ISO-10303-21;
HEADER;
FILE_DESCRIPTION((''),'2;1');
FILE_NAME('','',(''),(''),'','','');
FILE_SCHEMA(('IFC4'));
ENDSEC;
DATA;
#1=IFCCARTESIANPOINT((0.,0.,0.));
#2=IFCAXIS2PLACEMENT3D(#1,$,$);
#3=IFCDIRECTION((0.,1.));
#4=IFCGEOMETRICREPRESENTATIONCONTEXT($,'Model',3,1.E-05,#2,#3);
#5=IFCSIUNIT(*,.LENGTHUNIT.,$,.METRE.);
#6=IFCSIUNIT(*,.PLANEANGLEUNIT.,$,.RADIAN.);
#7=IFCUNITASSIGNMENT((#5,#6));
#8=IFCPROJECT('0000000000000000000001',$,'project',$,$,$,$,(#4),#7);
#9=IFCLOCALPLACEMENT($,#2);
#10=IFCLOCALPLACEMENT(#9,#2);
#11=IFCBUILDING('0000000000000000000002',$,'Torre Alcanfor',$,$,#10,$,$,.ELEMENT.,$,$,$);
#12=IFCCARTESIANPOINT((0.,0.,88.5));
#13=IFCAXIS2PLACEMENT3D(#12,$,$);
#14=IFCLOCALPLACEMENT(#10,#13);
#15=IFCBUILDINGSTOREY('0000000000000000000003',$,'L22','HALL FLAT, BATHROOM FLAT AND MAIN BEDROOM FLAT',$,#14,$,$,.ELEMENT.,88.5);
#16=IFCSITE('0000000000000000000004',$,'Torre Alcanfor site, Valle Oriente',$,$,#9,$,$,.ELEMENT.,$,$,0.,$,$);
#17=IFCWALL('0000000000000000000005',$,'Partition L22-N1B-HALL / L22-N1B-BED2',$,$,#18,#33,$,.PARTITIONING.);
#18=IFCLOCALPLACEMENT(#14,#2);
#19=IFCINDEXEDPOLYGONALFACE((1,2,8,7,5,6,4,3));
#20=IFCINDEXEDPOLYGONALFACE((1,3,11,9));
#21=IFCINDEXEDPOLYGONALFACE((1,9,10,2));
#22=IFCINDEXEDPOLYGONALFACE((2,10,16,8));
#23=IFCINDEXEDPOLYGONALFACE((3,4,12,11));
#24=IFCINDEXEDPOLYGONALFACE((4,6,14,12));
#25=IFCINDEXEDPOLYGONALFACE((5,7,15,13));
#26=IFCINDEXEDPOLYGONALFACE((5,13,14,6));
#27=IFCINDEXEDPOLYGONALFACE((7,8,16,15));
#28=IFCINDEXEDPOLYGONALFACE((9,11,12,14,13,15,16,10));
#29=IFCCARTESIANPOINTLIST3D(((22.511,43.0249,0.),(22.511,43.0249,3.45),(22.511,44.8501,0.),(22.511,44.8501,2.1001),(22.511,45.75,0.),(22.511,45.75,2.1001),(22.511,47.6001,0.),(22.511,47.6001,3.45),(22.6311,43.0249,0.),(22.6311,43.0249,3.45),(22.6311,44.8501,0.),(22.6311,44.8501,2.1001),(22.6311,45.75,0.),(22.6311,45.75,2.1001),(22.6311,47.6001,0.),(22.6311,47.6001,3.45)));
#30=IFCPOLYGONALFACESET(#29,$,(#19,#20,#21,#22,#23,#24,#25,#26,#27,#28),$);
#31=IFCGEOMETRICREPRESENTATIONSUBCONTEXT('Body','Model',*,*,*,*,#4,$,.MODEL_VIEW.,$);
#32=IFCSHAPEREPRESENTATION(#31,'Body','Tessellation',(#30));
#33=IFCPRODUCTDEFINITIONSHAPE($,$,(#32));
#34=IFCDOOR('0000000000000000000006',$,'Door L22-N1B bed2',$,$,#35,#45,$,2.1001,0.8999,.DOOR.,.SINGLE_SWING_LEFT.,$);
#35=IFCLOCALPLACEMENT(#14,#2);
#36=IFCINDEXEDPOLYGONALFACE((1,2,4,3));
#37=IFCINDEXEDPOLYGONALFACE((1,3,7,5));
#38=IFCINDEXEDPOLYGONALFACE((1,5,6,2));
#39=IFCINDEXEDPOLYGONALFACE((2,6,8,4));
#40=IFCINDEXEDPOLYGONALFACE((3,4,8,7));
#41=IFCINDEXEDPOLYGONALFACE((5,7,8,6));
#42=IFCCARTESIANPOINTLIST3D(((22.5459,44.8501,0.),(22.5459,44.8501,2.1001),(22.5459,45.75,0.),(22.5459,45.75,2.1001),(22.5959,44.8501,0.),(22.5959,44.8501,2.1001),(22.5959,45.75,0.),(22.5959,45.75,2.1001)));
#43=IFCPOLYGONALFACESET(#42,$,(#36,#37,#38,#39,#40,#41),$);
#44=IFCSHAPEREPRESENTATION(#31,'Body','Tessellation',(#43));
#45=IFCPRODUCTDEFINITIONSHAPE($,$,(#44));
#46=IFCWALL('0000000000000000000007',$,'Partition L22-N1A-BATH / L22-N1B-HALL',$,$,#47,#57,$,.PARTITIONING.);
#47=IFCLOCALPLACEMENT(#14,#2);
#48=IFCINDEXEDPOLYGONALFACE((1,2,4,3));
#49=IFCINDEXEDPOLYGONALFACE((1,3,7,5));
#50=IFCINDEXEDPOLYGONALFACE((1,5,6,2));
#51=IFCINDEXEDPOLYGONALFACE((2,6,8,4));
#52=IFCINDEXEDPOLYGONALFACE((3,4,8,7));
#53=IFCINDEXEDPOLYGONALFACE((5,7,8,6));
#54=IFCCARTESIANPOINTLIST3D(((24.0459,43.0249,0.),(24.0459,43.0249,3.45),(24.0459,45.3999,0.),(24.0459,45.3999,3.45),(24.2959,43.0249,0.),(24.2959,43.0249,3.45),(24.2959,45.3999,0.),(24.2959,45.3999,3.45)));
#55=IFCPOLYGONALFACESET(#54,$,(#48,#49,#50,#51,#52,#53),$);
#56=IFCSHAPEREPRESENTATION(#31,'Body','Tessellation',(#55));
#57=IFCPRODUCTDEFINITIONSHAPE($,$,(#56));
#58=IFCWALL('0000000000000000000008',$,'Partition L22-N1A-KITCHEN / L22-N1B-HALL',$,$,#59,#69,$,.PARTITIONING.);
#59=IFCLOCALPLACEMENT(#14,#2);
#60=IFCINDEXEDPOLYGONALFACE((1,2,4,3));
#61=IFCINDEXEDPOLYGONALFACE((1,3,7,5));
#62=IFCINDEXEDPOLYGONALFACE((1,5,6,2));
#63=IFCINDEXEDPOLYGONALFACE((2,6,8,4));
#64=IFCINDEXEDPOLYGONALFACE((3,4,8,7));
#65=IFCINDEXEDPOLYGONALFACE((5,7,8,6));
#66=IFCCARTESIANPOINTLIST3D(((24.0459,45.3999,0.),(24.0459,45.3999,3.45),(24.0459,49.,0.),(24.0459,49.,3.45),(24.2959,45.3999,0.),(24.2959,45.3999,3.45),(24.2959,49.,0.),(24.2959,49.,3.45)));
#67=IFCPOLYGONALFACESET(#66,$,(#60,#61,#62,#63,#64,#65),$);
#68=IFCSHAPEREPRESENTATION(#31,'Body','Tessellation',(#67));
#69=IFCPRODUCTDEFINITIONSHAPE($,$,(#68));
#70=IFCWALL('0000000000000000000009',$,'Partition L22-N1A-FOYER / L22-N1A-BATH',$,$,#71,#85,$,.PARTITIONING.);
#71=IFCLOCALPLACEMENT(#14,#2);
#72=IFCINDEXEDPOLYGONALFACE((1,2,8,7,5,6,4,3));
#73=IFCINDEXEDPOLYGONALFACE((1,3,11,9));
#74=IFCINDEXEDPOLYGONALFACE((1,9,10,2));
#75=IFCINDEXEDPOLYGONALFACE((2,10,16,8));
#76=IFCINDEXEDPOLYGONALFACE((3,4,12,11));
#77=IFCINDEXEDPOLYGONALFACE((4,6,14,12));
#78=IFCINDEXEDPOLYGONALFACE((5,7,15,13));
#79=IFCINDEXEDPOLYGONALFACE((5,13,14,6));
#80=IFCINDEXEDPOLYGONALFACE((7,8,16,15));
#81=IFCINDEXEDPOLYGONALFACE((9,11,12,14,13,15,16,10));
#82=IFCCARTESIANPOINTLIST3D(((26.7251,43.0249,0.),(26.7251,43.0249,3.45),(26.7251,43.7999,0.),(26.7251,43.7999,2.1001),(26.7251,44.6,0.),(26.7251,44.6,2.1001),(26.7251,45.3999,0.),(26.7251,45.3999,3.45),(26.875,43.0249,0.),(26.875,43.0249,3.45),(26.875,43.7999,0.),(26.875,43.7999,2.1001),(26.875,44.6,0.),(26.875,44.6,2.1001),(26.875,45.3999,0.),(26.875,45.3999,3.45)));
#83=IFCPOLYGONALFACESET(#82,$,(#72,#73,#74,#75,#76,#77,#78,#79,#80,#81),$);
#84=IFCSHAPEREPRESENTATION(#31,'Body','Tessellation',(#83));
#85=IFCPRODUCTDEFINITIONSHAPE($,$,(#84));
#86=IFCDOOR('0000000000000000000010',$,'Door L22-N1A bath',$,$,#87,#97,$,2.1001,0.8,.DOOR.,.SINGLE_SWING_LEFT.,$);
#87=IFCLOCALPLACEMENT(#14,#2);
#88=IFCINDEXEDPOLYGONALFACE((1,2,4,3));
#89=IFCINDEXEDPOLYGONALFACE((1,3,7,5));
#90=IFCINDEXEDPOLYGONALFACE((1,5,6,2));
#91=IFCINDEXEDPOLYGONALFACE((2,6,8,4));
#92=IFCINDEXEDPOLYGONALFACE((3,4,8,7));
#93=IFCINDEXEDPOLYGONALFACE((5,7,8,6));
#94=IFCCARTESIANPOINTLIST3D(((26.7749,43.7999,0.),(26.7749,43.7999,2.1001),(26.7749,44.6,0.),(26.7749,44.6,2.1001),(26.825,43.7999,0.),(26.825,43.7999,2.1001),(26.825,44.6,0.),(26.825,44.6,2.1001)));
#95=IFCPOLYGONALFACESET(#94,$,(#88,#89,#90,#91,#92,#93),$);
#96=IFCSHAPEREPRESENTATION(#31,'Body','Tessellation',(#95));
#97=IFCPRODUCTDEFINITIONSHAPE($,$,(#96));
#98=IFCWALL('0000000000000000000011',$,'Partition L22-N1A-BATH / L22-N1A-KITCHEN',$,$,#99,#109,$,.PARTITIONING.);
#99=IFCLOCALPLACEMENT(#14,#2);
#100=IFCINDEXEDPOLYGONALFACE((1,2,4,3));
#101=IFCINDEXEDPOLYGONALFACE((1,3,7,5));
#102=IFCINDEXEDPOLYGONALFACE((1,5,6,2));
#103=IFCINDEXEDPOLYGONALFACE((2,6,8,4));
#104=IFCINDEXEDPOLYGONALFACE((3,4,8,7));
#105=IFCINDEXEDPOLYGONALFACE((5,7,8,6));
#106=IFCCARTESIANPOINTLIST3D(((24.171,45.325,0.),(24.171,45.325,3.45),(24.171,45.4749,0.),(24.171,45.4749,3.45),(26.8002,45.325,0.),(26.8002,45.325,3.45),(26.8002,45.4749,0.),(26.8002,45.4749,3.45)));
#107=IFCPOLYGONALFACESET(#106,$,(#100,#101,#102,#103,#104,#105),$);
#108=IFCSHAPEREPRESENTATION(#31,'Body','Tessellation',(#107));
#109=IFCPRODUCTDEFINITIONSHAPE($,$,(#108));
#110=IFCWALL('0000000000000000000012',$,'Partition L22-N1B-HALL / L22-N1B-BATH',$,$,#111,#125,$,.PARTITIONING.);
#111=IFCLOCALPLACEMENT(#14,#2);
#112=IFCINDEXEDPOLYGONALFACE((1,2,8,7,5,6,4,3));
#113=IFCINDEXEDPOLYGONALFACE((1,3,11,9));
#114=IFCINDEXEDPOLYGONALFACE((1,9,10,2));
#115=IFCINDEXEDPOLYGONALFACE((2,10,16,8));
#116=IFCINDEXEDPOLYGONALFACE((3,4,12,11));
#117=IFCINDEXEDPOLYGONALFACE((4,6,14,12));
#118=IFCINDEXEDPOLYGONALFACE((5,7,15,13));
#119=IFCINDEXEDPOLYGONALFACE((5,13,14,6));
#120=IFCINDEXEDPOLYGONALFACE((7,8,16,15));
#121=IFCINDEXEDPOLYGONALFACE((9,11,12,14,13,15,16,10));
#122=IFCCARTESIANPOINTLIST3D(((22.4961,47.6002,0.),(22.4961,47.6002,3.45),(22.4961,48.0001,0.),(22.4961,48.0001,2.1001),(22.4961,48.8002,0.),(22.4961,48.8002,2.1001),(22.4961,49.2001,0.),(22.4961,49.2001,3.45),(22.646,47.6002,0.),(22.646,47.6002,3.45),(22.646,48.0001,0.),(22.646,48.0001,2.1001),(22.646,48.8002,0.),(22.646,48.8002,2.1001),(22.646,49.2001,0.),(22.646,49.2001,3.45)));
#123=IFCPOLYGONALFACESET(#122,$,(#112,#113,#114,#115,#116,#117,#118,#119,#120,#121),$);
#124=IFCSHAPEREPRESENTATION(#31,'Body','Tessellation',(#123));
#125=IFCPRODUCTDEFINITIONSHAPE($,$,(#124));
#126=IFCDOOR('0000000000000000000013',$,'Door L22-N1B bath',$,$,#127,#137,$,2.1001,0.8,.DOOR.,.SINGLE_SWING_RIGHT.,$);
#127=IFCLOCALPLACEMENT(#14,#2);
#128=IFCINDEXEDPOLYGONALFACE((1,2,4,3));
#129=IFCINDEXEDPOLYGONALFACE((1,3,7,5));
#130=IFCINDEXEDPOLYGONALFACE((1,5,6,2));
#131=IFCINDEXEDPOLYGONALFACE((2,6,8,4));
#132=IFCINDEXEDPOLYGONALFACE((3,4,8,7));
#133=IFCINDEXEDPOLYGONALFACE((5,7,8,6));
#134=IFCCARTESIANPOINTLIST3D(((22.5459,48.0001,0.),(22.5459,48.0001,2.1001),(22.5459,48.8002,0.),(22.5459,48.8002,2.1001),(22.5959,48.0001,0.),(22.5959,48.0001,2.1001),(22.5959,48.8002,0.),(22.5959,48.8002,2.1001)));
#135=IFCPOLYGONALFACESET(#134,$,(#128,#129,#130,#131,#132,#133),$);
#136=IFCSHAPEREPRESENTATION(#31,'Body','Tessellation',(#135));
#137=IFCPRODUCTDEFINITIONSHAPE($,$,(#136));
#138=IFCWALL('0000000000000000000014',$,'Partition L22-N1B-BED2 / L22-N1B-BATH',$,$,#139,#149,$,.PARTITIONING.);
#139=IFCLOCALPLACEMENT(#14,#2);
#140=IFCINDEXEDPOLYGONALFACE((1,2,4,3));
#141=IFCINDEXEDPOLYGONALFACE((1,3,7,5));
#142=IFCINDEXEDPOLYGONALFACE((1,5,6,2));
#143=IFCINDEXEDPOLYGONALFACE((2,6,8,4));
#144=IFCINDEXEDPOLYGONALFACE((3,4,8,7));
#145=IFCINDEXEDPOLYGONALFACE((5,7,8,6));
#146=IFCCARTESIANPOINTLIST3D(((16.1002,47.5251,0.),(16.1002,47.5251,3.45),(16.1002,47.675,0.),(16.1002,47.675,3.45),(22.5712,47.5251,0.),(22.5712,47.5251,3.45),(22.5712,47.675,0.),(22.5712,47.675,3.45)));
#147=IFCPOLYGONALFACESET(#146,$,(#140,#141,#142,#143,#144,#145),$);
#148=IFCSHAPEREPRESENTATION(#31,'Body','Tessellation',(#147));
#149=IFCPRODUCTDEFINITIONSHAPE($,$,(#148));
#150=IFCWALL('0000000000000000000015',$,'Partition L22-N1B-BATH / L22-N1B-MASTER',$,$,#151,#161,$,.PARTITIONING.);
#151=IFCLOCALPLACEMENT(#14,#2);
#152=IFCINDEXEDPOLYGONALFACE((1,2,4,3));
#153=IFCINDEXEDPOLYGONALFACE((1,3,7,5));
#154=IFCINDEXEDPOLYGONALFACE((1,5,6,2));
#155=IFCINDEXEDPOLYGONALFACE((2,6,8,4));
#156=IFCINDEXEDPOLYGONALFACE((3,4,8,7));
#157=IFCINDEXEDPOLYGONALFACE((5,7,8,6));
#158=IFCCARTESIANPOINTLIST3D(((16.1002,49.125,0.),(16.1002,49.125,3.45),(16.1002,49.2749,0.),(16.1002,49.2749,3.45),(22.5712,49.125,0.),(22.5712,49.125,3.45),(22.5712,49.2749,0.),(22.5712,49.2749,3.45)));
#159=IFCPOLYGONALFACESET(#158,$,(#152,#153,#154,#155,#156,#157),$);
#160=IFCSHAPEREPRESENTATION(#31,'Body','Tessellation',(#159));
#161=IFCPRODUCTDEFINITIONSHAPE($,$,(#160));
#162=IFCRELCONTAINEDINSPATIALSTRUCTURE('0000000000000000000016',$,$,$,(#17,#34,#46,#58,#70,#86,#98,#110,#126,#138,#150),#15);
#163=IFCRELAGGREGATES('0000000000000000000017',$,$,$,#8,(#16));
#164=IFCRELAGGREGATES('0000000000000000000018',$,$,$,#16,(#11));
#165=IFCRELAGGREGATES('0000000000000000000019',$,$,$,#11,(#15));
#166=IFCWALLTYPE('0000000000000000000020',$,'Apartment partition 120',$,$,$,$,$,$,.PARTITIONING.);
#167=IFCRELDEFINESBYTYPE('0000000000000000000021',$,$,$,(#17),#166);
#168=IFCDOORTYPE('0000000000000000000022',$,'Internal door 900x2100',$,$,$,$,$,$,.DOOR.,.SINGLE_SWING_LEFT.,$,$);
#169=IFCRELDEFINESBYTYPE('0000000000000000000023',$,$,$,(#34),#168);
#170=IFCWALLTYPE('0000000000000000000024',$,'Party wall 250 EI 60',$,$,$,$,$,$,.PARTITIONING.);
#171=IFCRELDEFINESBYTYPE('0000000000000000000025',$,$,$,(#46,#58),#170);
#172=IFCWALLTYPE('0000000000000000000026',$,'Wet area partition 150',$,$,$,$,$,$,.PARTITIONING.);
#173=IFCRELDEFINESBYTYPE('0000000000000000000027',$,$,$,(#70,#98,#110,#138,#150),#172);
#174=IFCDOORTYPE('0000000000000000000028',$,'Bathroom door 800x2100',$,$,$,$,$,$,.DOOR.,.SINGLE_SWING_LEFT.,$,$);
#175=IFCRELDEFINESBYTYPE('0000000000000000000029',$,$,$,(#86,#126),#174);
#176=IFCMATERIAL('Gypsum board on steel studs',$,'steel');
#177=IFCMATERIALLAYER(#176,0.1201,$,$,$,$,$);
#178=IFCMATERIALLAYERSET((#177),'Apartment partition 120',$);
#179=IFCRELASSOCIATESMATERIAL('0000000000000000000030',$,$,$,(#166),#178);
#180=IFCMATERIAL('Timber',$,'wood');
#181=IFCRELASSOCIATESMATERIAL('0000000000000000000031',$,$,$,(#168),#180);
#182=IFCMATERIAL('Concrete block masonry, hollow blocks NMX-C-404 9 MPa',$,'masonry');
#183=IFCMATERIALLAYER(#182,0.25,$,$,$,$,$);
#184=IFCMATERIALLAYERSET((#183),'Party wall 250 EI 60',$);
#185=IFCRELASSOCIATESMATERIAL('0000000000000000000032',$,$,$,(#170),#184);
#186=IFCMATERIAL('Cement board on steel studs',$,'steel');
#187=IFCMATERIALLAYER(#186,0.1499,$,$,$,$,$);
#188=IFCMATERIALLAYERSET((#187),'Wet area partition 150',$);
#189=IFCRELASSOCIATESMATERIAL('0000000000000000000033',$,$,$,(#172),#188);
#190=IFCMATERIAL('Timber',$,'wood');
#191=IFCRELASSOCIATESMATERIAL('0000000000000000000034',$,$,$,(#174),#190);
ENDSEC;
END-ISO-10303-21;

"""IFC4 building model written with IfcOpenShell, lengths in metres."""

from ifc_helpers import new_model, si_unit, direction, frame, frame_2d, origin, place, context, subcontext, project, spatial, rectangle, extrude, material, layer, layer_set, type_object, element, fill, save


model = new_model("IFC4")

# Units and contexts
model_context = context("Model", 3, precision=1e-05, world=origin(), true_north=direction((0.0, 1.0)))
body_context = subcontext(model_context, "Body", "Model", "MODEL_VIEW")
ifc_project = project(units=[si_unit("LENGTHUNIT", "METRE"), si_unit("PLANEANGLEUNIT", "RADIAN")], contexts=[model_context])

# Site, building, storey
site_placement = place(None, origin())
site = spatial("IfcSite", under=ifc_project, at=site_placement, Name="Torre Alcanfor site, Valle Oriente", CompositionType="ELEMENT", RefElevation=0.0)
building_placement = place(site_placement, origin())
building = spatial("IfcBuilding", under=site, at=building_placement, Name="Torre Alcanfor", CompositionType="ELEMENT")
storey_placement = place(building_placement, frame((0.0, 0.0, 88.5)))
storey = spatial("IfcBuildingStorey", under=building, at=storey_placement, Name="L22", Description="HALL FLAT, BATHROOM FLAT AND MAIN BEDROOM FLAT", CompositionType="ELEMENT", Elevation=88.5)

# Wall, opening, door
ifc_material_1 = material(Name="Gypsum board on steel studs", Category="steel")
ifc_layer_1 = layer(ifc_material_1, 0.1201)
ifc_layer_set_1 = layer_set([ifc_layer_1], Name="Apartment partition 120")
wall_type_1 = type_object("IfcWallType", Name="Apartment partition 120", PredefinedType="PARTITIONING", material=ifc_layer_set_1)
wall_1_placement = place(storey_placement, frame((22.571, 47.6001, 0.0), z_axis=(0.0, 0.0, 1.0), x_axis=(0.0, -1.0, 0.0)))
wall_1 = element("IfcWall", 1, at=wall_1_placement, inside=storey, type_object=wall_type_1, Name="Partition L22-N1B-HALL / L22-N1B-BED2", PredefinedType="PARTITIONING", context=body_context, shape_type="SweptSolid", body=[
    extrude(rectangle(XDim=4.5752, YDim=0.1201, at=frame_2d((2.2876, 0.0))), origin(), (0.0, 0.0, 1.0), 3.45),
])
opening_1_placement = place(wall_1_placement, frame((1.8501, 0.0, 0.0)))
opening_1 = element("IfcOpeningElement", 2, at=opening_1_placement, cuts=wall_1, PredefinedType="OPENING", context=body_context, shape_type="SweptSolid", body=[
    extrude(rectangle(XDim=0.8999, YDim=2.1001, at=frame_2d((0.45, 1.05))), frame((0.0, 0.0701, 0.0), z_axis=(0.0, -1.0, 0.0), x_axis=(1.0, 0.0, 0.0)), (0.0, 0.0, 1.0), 0.1401),
])
ifc_material_2 = material(Name="Timber", Category="wood")
door_type_1 = type_object("IfcDoorType", Name="Internal door 900x2100", OperationType="SINGLE_SWING_LEFT", PredefinedType="DOOR", material=ifc_material_2)
door_1_placement = place(opening_1_placement, frame((0.8999, 0.0, 0.0), z_axis=(0.0, 0.0, 1.0), x_axis=(-1.0, 0.0, 0.0)))
door_1 = element("IfcDoor", 3, at=door_1_placement, inside=storey, type_object=door_type_1, Name="Door L22-N1B bed2", OperationType="SINGLE_SWING_LEFT", OverallHeight=2.1001, OverallWidth=0.8999, PredefinedType="DOOR", context=body_context, shape_type="SweptSolid", body=[
    extrude(rectangle(XDim=0.8999, YDim=2.1001, at=frame_2d((0.45, 1.05))), frame((0.0, 0.0251, 0.0), z_axis=(0.0, -1.0, 0.0), x_axis=(1.0, 0.0, 0.0)), (0.0, 0.0, 1.0), 0.05),
])
fill(opening_1, door_1)

# Walls
ifc_material_3 = material(Name="Concrete block masonry, hollow blocks NMX-C-404 9 MPa", Category="masonry")
ifc_layer_2 = layer(ifc_material_3, 0.25)
ifc_layer_set_2 = layer_set([ifc_layer_2], Name="Party wall 250 EI 60")
wall_type_2 = type_object("IfcWallType", Name="Party wall 250 EI 60", PredefinedType="PARTITIONING", material=ifc_layer_set_2)
wall_2_placement = place(storey_placement, frame((24.1709, 45.3999, 0.0), z_axis=(0.0, 0.0, 1.0), x_axis=(0.0, -1.0, 0.0)))
element("IfcWall", 4, at=wall_2_placement, inside=storey, type_object=wall_type_2, Name="Partition L22-N1A-BATH / L22-N1B-HALL", PredefinedType="PARTITIONING", context=body_context, shape_type="SweptSolid", body=[
    extrude(rectangle(XDim=2.375, YDim=0.25, at=frame_2d((1.1875, 0.0))), origin(), (0.0, 0.0, 1.0), 3.45),
])
wall_3_placement = place(storey_placement, frame((24.1709, 49.0, 0.0), z_axis=(0.0, 0.0, 1.0), x_axis=(0.0, -1.0, 0.0)))
element("IfcWall", 5, at=wall_3_placement, inside=storey, type_object=wall_type_2, Name="Partition L22-N1A-KITCHEN / L22-N1B-HALL", PredefinedType="PARTITIONING", context=body_context, shape_type="SweptSolid", body=[
    extrude(rectangle(XDim=3.6001, YDim=0.25, at=frame_2d((1.8, 0.0))), origin(), (0.0, 0.0, 1.0), 3.45),
])

# Wall, opening, door
ifc_material_4 = material(Name="Cement board on steel studs", Category="steel")
ifc_layer_3 = layer(ifc_material_4, 0.1499)
ifc_layer_set_3 = layer_set([ifc_layer_3], Name="Wet area partition 150")
wall_type_3 = type_object("IfcWallType", Name="Wet area partition 150", PredefinedType="PARTITIONING", material=ifc_layer_set_3)
wall_4_placement = place(storey_placement, frame((26.8, 45.3999, 0.0), z_axis=(0.0, 0.0, 1.0), x_axis=(0.0, -1.0, 0.0)))
wall_4 = element("IfcWall", 6, at=wall_4_placement, inside=storey, type_object=wall_type_3, Name="Partition L22-N1A-FOYER / L22-N1A-BATH", PredefinedType="PARTITIONING", context=body_context, shape_type="SweptSolid", body=[
    extrude(rectangle(XDim=2.375, YDim=0.1499, at=frame_2d((1.1875, 0.0))), origin(), (0.0, 0.0, 1.0), 3.45),
])
opening_2_placement = place(wall_4_placement, frame((0.8, 0.0, 0.0)))
opening_2 = element("IfcOpeningElement", 7, at=opening_2_placement, cuts=wall_4, PredefinedType="OPENING", context=body_context, shape_type="SweptSolid", body=[
    extrude(rectangle(XDim=0.8, YDim=2.1001, at=frame_2d((0.3999, 1.05))), frame((0.0, 0.085, 0.0), z_axis=(0.0, -1.0, 0.0), x_axis=(1.0, 0.0, 0.0)), (0.0, 0.0, 1.0), 0.1699),
])
ifc_material_5 = material(Name="Timber", Category="wood")
door_type_2 = type_object("IfcDoorType", Name="Bathroom door 800x2100", OperationType="SINGLE_SWING_LEFT", PredefinedType="DOOR", material=ifc_material_5)
door_2_placement = place(opening_2_placement, frame((0.8, 0.0, 0.0), z_axis=(0.0, 0.0, 1.0), x_axis=(-1.0, 0.0, 0.0)))
door_2 = element("IfcDoor", 8, at=door_2_placement, inside=storey, type_object=door_type_2, Name="Door L22-N1A bath", OperationType="SINGLE_SWING_LEFT", OverallHeight=2.1001, OverallWidth=0.8, PredefinedType="DOOR", context=body_context, shape_type="SweptSolid", body=[
    extrude(rectangle(XDim=0.8, YDim=2.1001, at=frame_2d((0.4001, 1.05))), frame((0.0, 0.0251, 0.0), z_axis=(0.0, -1.0, 0.0), x_axis=(1.0, 0.0, 0.0)), (0.0, 0.0, 1.0), 0.05),
])
fill(opening_2, door_2)

# Wall
wall_5_placement = place(storey_placement, frame((26.8, 45.3999, 0.0), z_axis=(0.0, 0.0, 1.0), x_axis=(-1.0, 0.0, 0.0)))
element("IfcWall", 9, at=wall_5_placement, inside=storey, type_object=wall_type_3, Name="Partition L22-N1A-BATH / L22-N1A-KITCHEN", PredefinedType="PARTITIONING", context=body_context, shape_type="SweptSolid", body=[
    extrude(rectangle(XDim=2.6292, YDim=0.1499, at=frame_2d((1.3145, 0.0))), origin(), (0.0, 0.0, 1.0), 3.45),
])

# Wall, opening, door
wall_6_placement = place(storey_placement, frame((22.571, 49.2, 0.0), z_axis=(0.0, 0.0, 1.0), x_axis=(0.0, -1.0, 0.0)))
wall_6 = element("IfcWall", 10, at=wall_6_placement, inside=storey, type_object=wall_type_3, Name="Partition L22-N1B-HALL / L22-N1B-BATH", PredefinedType="PARTITIONING", context=body_context, shape_type="SweptSolid", body=[
    extrude(rectangle(XDim=1.5999, YDim=0.1499, at=frame_2d((0.7998, 0.0))), origin(), (0.0, 0.0, 1.0), 3.45),
])
opening_3_placement = place(wall_6_placement, frame((0.3999, 0.0, 0.0)))
opening_3 = element("IfcOpeningElement", 11, at=opening_3_placement, cuts=wall_6, PredefinedType="OPENING", context=body_context, shape_type="SweptSolid", body=[
    extrude(rectangle(XDim=0.8, YDim=2.1001, at=frame_2d((0.3999, 1.05))), frame((0.0, 0.085, 0.0), z_axis=(0.0, -1.0, 0.0), x_axis=(1.0, 0.0, 0.0)), (0.0, 0.0, 1.0), 0.1699),
])
door_3_placement = place(opening_3_placement, frame((0.8, 0.0, 0.0), z_axis=(0.0, 0.0, 1.0), x_axis=(-1.0, 0.0, 0.0)))
door_3 = element("IfcDoor", 12, at=door_3_placement, inside=storey, type_object=door_type_2, Name="Door L22-N1B bath", OperationType="SINGLE_SWING_RIGHT", OverallHeight=2.1001, OverallWidth=0.8, PredefinedType="DOOR", context=body_context, shape_type="SweptSolid", body=[
    extrude(rectangle(XDim=0.8, YDim=2.1001, at=frame_2d((0.4001, 1.05))), frame((0.0, 0.0251, 0.0), z_axis=(0.0, -1.0, 0.0), x_axis=(1.0, 0.0, 0.0)), (0.0, 0.0, 1.0), 0.05),
])
fill(opening_3, door_3)

# Walls
for number, where, z_axis, x_axis, name in (
    (13, (22.571, 47.6001, 0.0), (0.0, 0.0, 1.0), (-1.0, 0.0, 0.0), "Partition L22-N1B-BED2 / L22-N1B-BATH"),
    (14, (22.571, 49.2, 0.0), (0.0, 0.0, 1.0), (-1.0, 0.0, 0.0), "Partition L22-N1B-BATH / L22-N1B-MASTER"),
):
    element("IfcWall", number, at=place(storey_placement, frame(where, z_axis=z_axis, x_axis=x_axis)), inside=storey, type_object=wall_type_3, Name=name, PredefinedType="PARTITIONING", context=body_context, shape_type="SweptSolid", body=[
        extrude(rectangle(XDim=6.4709, YDim=0.1499, at=frame_2d((3.2354, 0.0))), origin(), (0.0, 0.0, 1.0), 3.45),
    ])

save(model, "model.ifc")
